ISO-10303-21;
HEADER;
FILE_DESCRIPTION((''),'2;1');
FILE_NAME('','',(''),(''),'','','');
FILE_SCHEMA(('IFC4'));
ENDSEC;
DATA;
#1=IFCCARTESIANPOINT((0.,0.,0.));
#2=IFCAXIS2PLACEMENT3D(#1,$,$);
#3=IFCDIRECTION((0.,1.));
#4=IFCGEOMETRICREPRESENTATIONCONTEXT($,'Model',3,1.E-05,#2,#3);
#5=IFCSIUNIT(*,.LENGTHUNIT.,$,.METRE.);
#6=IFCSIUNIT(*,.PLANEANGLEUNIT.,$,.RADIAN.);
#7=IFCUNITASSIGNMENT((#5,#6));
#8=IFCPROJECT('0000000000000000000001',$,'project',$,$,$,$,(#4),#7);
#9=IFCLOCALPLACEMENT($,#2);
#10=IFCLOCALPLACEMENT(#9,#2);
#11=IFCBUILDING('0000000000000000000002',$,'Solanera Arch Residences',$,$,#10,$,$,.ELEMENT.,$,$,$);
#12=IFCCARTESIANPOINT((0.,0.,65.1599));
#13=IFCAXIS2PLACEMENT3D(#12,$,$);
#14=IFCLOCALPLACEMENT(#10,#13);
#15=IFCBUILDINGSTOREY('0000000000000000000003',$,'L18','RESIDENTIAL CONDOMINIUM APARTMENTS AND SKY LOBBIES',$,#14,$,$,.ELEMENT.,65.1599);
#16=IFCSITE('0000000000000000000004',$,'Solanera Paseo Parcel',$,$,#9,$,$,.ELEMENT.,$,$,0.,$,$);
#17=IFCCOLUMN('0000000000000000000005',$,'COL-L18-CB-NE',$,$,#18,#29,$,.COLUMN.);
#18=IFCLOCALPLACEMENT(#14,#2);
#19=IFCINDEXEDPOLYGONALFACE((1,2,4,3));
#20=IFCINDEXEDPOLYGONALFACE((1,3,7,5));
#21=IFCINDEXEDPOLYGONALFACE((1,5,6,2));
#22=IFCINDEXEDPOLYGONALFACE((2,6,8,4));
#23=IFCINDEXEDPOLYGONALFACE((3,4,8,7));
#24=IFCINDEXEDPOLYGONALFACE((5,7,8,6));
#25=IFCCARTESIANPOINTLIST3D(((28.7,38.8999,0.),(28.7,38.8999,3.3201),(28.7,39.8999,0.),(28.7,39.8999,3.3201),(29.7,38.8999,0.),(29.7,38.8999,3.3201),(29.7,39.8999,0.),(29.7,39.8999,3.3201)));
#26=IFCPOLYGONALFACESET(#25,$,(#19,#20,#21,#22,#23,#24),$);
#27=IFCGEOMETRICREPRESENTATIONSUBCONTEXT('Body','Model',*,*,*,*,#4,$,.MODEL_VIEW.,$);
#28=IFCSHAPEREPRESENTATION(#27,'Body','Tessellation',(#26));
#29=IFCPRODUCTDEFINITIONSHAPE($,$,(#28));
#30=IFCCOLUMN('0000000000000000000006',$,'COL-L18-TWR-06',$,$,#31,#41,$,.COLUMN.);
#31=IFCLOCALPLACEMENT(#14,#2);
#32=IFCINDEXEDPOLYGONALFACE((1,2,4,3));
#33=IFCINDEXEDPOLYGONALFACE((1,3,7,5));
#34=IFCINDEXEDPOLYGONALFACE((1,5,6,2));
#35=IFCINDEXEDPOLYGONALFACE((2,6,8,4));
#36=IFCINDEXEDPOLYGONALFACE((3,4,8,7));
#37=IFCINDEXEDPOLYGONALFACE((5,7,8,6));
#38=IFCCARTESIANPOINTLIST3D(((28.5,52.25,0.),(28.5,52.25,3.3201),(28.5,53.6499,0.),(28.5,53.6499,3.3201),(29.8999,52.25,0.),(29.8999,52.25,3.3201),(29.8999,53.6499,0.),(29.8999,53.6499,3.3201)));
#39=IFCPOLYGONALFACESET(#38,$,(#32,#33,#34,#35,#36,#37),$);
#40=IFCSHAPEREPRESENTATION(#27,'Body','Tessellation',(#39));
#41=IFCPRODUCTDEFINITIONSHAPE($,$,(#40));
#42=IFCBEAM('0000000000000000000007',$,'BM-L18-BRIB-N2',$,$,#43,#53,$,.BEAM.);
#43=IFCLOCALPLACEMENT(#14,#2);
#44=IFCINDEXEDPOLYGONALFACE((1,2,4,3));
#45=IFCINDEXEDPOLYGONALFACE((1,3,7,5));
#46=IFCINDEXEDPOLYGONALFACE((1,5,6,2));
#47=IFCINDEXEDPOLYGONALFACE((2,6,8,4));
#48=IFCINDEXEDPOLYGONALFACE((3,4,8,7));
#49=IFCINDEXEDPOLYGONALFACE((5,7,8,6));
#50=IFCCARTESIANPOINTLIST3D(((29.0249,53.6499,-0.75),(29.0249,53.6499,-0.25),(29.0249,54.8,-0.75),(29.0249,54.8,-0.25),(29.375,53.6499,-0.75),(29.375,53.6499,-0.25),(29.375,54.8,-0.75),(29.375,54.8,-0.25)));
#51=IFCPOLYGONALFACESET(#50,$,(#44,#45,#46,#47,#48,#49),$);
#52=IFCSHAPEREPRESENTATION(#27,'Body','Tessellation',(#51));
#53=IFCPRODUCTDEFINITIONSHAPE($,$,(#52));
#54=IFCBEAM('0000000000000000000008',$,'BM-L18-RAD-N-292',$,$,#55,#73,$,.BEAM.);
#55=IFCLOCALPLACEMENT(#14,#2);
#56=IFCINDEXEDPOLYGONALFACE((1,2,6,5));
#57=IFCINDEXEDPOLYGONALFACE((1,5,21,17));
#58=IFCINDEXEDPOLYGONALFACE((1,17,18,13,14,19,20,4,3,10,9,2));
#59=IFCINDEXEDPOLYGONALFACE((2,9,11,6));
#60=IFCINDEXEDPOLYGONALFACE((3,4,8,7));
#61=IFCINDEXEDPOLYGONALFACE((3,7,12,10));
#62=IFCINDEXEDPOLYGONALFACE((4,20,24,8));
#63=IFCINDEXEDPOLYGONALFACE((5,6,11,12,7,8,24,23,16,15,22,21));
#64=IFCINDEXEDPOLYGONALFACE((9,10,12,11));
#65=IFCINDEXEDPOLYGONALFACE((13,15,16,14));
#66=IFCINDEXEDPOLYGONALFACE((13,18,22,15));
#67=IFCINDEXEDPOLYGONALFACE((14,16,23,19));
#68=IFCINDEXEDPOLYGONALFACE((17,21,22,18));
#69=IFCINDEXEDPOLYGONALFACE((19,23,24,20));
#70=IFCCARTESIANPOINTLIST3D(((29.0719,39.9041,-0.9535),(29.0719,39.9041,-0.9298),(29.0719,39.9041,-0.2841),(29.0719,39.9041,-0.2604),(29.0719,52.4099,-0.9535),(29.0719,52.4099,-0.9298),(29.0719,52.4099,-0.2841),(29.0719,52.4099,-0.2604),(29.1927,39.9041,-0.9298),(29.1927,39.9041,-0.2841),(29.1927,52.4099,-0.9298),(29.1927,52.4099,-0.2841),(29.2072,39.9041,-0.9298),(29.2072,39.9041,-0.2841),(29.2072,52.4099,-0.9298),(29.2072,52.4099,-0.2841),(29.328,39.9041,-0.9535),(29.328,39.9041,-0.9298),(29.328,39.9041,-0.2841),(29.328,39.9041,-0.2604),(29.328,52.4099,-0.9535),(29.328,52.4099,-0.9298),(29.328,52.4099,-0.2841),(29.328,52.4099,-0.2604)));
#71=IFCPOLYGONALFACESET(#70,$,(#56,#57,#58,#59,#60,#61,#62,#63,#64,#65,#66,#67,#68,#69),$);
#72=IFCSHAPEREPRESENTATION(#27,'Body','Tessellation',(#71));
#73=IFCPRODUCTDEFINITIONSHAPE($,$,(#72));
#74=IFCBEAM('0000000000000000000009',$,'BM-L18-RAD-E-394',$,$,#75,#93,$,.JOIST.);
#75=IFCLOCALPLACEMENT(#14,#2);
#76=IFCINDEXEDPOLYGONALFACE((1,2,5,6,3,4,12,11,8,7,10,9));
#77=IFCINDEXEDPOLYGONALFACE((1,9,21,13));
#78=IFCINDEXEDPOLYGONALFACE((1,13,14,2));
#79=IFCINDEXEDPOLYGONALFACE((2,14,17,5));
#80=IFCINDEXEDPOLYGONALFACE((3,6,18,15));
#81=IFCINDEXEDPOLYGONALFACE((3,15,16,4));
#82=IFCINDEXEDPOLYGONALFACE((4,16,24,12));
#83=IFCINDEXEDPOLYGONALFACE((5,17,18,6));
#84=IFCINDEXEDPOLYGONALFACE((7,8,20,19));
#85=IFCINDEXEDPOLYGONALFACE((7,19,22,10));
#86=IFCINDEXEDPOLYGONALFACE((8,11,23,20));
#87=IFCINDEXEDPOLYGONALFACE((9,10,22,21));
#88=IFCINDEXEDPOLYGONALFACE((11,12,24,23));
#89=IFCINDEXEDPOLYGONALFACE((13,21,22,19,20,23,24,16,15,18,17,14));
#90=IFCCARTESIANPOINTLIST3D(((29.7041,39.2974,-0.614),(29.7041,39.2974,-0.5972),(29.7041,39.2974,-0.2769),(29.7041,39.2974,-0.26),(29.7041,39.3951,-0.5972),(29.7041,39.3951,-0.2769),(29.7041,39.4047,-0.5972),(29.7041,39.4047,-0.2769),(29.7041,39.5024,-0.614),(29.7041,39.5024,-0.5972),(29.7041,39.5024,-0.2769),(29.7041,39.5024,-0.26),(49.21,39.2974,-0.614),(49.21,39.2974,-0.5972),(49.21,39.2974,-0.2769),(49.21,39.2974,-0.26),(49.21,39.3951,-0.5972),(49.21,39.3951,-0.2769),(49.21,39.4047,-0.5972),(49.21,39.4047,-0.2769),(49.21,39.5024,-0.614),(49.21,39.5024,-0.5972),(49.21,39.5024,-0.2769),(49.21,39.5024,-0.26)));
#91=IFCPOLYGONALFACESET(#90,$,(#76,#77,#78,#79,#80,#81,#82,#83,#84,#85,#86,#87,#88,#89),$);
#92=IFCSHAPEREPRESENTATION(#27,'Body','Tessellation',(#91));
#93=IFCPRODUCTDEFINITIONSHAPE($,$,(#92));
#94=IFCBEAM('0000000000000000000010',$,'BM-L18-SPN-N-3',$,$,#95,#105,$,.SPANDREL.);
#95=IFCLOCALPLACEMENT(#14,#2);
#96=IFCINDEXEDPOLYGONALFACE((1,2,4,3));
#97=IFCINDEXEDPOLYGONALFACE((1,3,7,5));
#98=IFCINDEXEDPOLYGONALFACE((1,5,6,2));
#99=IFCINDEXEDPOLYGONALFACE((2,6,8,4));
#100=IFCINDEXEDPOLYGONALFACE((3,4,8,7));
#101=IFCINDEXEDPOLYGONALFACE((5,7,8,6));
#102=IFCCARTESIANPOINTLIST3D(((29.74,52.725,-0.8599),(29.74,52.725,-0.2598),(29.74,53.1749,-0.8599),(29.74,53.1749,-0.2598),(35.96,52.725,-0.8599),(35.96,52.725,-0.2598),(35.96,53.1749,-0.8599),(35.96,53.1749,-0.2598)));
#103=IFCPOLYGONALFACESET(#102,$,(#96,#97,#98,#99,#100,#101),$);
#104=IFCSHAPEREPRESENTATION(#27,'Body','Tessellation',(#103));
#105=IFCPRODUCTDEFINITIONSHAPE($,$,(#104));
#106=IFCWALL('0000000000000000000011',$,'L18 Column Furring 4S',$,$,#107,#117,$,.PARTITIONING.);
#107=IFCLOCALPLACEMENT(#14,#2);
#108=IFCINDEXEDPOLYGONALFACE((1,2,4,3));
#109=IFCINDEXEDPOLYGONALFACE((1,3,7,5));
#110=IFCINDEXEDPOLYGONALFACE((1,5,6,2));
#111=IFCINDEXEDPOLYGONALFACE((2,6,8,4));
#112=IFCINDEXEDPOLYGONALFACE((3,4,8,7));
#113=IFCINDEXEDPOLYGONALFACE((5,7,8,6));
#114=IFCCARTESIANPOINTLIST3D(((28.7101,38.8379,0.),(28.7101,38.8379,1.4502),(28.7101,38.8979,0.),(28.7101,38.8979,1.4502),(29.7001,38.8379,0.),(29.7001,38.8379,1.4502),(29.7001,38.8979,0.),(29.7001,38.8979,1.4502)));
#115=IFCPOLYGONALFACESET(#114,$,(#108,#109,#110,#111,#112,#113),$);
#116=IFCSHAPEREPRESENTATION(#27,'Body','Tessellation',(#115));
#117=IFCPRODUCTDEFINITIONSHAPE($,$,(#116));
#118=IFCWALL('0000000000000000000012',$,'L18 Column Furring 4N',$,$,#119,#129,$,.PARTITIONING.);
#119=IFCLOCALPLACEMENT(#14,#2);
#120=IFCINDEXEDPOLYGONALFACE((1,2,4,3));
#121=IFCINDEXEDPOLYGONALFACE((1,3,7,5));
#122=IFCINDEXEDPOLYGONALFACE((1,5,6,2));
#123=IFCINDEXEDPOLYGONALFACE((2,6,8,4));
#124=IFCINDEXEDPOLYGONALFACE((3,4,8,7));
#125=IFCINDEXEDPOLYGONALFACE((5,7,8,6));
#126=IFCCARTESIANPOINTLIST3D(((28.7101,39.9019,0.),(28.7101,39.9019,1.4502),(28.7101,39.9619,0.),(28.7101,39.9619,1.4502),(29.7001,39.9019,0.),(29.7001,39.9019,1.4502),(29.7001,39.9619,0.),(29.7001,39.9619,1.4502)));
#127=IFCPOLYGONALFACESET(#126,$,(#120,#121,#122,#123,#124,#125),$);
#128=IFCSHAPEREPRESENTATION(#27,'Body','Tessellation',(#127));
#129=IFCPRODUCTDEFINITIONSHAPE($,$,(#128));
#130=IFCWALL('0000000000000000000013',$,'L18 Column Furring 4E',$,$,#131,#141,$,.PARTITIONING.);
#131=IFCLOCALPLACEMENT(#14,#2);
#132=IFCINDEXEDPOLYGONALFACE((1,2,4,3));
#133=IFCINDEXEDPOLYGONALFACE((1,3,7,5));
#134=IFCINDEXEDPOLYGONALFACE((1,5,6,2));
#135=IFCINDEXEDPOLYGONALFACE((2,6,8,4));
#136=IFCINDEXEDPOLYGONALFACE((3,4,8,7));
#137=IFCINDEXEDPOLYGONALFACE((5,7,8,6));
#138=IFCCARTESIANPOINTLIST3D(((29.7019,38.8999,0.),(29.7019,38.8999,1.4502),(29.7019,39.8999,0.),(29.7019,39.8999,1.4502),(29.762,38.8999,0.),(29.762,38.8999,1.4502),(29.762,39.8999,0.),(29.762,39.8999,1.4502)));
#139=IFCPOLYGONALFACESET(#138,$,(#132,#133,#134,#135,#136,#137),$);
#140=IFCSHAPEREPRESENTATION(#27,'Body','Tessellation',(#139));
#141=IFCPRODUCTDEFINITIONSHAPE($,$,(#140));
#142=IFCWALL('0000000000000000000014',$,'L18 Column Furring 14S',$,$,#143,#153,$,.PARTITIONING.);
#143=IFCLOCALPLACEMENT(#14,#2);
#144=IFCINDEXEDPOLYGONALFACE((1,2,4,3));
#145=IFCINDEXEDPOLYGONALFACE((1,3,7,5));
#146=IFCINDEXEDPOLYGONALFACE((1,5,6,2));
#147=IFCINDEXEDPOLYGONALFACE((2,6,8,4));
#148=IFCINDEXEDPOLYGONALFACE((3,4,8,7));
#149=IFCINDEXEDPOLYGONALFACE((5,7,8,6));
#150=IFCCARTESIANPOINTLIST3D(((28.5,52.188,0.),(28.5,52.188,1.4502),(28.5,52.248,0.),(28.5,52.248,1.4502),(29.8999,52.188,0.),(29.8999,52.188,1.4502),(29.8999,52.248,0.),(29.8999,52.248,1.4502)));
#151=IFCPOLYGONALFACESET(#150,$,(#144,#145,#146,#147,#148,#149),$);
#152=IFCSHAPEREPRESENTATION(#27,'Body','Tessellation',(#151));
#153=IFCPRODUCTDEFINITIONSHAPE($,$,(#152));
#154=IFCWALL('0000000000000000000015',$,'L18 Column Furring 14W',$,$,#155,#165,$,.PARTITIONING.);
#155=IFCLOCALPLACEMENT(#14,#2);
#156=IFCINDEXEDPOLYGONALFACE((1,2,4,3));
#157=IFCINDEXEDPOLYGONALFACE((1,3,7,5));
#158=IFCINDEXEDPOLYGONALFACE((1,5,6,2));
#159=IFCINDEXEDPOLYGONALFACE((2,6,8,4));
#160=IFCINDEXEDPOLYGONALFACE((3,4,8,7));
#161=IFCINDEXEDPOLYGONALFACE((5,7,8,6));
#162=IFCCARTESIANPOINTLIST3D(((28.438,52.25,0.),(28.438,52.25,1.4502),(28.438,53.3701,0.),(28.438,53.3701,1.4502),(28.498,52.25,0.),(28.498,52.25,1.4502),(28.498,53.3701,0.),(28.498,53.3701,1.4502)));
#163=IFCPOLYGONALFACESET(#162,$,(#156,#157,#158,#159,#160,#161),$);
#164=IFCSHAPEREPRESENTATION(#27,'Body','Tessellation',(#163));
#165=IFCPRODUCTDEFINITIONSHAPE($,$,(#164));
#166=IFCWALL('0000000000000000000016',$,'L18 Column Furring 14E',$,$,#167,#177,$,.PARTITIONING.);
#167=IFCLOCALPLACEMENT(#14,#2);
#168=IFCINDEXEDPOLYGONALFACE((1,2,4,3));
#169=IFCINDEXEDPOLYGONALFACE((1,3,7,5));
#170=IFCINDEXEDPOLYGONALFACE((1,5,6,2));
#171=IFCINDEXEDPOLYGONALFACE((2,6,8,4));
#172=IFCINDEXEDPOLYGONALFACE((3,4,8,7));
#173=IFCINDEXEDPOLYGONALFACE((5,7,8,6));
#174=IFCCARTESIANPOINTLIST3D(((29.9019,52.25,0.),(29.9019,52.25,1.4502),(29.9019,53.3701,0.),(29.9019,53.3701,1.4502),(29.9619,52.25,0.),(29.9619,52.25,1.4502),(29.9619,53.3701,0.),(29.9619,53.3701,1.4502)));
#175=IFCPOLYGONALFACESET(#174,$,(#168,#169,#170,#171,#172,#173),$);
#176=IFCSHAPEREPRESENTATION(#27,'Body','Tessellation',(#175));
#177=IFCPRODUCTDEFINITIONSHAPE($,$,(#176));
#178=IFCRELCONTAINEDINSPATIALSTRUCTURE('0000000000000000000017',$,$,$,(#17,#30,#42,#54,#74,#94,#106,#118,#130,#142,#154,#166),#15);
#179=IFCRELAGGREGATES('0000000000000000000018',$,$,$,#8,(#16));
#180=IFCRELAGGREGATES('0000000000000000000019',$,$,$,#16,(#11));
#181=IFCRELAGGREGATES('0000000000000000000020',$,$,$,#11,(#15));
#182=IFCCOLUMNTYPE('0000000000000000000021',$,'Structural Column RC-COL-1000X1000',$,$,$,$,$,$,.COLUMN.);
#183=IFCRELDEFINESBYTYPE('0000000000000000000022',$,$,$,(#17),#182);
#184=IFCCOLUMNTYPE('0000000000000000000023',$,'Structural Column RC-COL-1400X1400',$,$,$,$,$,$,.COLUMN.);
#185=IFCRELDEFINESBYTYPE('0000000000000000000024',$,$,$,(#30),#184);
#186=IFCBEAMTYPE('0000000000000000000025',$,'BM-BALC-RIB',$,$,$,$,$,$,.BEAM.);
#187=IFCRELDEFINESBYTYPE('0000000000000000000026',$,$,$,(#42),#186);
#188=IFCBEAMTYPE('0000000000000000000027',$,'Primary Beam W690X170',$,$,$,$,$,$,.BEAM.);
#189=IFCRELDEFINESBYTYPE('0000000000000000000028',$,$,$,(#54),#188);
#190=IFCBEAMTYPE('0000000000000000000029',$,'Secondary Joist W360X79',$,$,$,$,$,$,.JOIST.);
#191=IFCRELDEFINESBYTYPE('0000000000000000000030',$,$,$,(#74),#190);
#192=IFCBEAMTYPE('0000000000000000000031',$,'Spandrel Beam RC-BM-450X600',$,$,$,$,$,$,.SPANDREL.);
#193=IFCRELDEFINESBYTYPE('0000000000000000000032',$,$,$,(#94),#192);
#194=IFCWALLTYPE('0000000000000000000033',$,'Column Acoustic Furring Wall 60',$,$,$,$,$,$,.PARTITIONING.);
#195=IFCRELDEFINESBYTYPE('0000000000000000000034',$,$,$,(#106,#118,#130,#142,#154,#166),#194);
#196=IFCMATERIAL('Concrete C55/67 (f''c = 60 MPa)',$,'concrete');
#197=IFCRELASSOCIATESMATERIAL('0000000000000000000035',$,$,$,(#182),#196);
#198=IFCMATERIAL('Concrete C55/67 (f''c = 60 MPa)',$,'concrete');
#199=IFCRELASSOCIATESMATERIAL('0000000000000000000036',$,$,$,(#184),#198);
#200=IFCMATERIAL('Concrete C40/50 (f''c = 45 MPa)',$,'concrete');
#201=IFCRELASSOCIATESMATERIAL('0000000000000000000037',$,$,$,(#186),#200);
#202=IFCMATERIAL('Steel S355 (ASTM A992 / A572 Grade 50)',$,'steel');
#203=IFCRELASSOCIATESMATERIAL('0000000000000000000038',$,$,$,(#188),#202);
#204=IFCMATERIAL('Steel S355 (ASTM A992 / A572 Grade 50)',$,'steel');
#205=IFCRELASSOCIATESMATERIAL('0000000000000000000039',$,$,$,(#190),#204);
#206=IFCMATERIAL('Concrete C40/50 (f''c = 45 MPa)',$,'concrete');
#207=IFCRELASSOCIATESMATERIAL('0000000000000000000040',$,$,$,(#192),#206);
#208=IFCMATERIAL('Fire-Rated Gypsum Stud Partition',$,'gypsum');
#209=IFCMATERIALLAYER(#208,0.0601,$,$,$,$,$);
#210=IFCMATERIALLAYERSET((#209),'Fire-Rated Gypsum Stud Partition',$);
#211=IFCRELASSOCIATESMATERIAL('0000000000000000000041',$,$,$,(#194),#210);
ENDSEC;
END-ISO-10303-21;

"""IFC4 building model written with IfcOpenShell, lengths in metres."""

from ifc_helpers import new_model, si_unit, direction, frame, frame_2d, origin, origin_2d, place, context, subcontext, project, spatial, rectangle, i_section, extrude, material, layer, layer_set, material_profile, profile_set, type_object, element, save


model = new_model("IFC4")

# Units and contexts
model_context = context("Model", 3, precision=1e-05, world=origin(), true_north=direction((0.0, 1.0)))
body_context = subcontext(model_context, "Body", "Model", "MODEL_VIEW")
ifc_project = project(units=[si_unit("LENGTHUNIT", "METRE"), si_unit("PLANEANGLEUNIT", "RADIAN")], contexts=[model_context])

# Site, building, storey
site_placement = place(None, origin())
site = spatial("IfcSite", under=ifc_project, at=site_placement, Name="Solanera Paseo Parcel", CompositionType="ELEMENT", RefElevation=0.0)
building_placement = place(site_placement, origin())
building = spatial("IfcBuilding", under=site, at=building_placement, Name="Solanera Arch Residences", CompositionType="ELEMENT")
storey_placement = place(building_placement, frame((0.0, 0.0, 65.1599)))
storey = spatial("IfcBuildingStorey", under=building, at=storey_placement, Name="L18", Description="RESIDENTIAL CONDOMINIUM APARTMENTS AND SKY LOBBIES", CompositionType="ELEMENT", Elevation=65.1599)

# Columns
ifc_material_1 = material(Name="Concrete C55/67 (f'c = 60 MPa)", Category="concrete")
ifc_material_profile_1 = material_profile(ifc_material_1, rectangle(XDim=1.0, YDim=1.0, at=origin_2d()))
ifc_profile_set_1 = profile_set([ifc_material_profile_1], Name="Concrete C55/67 (f'c = 60 MPa)")
column_type_1 = type_object("IfcColumnType", Name="Structural Column RC-COL-1000X1000", PredefinedType="COLUMN", material=ifc_profile_set_1)
column_1_placement = place(storey_placement, frame((29.2, 39.3999, 0.0), z_axis=(0.0, 0.0, 1.0), x_axis=(1.0, 0.0, 0.0)))
element("IfcColumn", 1, at=column_1_placement, inside=storey, type_object=column_type_1, Name="COL-L18-CB-NE", PredefinedType="COLUMN", context=body_context, shape_type="SweptSolid", body=[
    extrude(rectangle(XDim=1.0, YDim=1.0, at=origin_2d()), origin(), (0.0, 0.0, 1.0), 3.3201),
])
ifc_material_2 = material(Name="Concrete C55/67 (f'c = 60 MPa)", Category="concrete")
ifc_material_profile_2 = material_profile(ifc_material_2, rectangle(XDim=1.3999, YDim=1.3999, at=origin_2d()))
ifc_profile_set_2 = profile_set([ifc_material_profile_2], Name="Concrete C55/67 (f'c = 60 MPa)")
column_type_2 = type_object("IfcColumnType", Name="Structural Column RC-COL-1400X1400", PredefinedType="COLUMN", material=ifc_profile_set_2)
column_2_placement = place(storey_placement, frame((29.2, 52.95, 0.0), z_axis=(0.0, 0.0, 1.0), x_axis=(1.0, 0.0, 0.0)))
element("IfcColumn", 2, at=column_2_placement, inside=storey, type_object=column_type_2, Name="COL-L18-TWR-06", PredefinedType="COLUMN", context=body_context, shape_type="SweptSolid", body=[
    extrude(rectangle(XDim=1.3999, YDim=1.3999, at=origin_2d()), origin(), (0.0, 0.0, 1.0), 3.3201),
])

# Beams
ifc_material_3 = material(Name="Concrete C40/50 (f'c = 45 MPa)", Category="concrete")
ifc_material_profile_3 = material_profile(ifc_material_3, rectangle(XDim=0.3501, YDim=0.5, at=origin_2d()))
ifc_profile_set_3 = profile_set([ifc_material_profile_3], Name="Concrete C40/50 (f'c = 45 MPa)")
beam_type_1 = type_object("IfcBeamType", Name="BM-BALC-RIB", PredefinedType="BEAM", material=ifc_profile_set_3)
beam_1_placement = place(storey_placement, frame((29.2, 53.6499, -0.5), z_axis=(0.0, 1.0, 0.0), x_axis=(-1.0, 0.0, 0.0)))
element("IfcBeam", 3, at=beam_1_placement, inside=storey, type_object=beam_type_1, Name="BM-L18-BRIB-N2", PredefinedType="BEAM", context=body_context, shape_type="SweptSolid", body=[
    extrude(rectangle(XDim=0.3501, YDim=0.5, at=origin_2d()), origin(), (0.0, 0.0, 1.0), 1.1501),
])
ifc_material_4 = material(Name="Steel S355 (ASTM A992 / A572 Grade 50)", Category="steel")
ifc_material_profile_4 = material_profile(ifc_material_4, i_section(OverallWidth=0.2561, OverallDepth=0.6931, WebThickness=0.0144, FlangeThickness=0.0237, at=origin_2d()))
ifc_profile_set_4 = profile_set([ifc_material_profile_4], Name="Steel S355 (ASTM A992 / A572 Grade 50)")
beam_type_2 = type_object("IfcBeamType", Name="Primary Beam W690X170", PredefinedType="BEAM", material=ifc_profile_set_4)
beam_2_placement = place(storey_placement, frame((29.2, 39.9041, -0.6069), z_axis=(0.0, 1.0, 0.0), x_axis=(-1.0, 0.0, 0.0)))
element("IfcBeam", 4, at=beam_2_placement, inside=storey, type_object=beam_type_2, Name="BM-L18-RAD-N-292", PredefinedType="BEAM", context=body_context, shape_type="SweptSolid", body=[
    extrude(i_section(OverallWidth=0.2561, OverallDepth=0.6931, WebThickness=0.0144, FlangeThickness=0.0237, at=origin_2d()), origin(), (0.0, 0.0, 1.0), 12.5059),
])
ifc_material_5 = material(Name="Steel S355 (ASTM A992 / A572 Grade 50)", Category="steel")
ifc_material_profile_5 = material_profile(ifc_material_5, i_section(OverallWidth=0.2051, OverallDepth=0.354, WebThickness=0.0095, FlangeThickness=0.0168, at=origin_2d()))
ifc_profile_set_5 = profile_set([ifc_material_profile_5], Name="Steel S355 (ASTM A992 / A572 Grade 50)")
beam_type_3 = type_object("IfcBeamType", Name="Secondary Joist W360X79", PredefinedType="JOIST", material=ifc_profile_set_5)
beam_3_placement = place(storey_placement, frame((29.7041, 39.3999, -0.437), z_axis=(1.0, 0.0, 0.0), x_axis=(0.0, 1.0, 0.0)))
element("IfcBeam", 5, at=beam_3_placement, inside=storey, type_object=beam_type_3, Name="BM-L18-RAD-E-394", PredefinedType="JOIST", context=body_context, shape_type="SweptSolid", body=[
    extrude(i_section(OverallWidth=0.2051, OverallDepth=0.354, WebThickness=0.0095, FlangeThickness=0.0168, at=origin_2d()), origin(), (0.0, 0.0, 1.0), 19.5059),
])
ifc_material_6 = material(Name="Concrete C40/50 (f'c = 45 MPa)", Category="concrete")
ifc_material_profile_6 = material_profile(ifc_material_6, rectangle(XDim=0.45, YDim=0.6001, at=origin_2d()))
ifc_profile_set_6 = profile_set([ifc_material_profile_6], Name="Concrete C40/50 (f'c = 45 MPa)")
beam_type_4 = type_object("IfcBeamType", Name="Spandrel Beam RC-BM-450X600", PredefinedType="SPANDREL", material=ifc_profile_set_6)
beam_4_placement = place(storey_placement, frame((29.74, 52.95, -0.5598), z_axis=(1.0, 0.0, 0.0), x_axis=(0.0, 1.0, 0.0)))
element("IfcBeam", 6, at=beam_4_placement, inside=storey, type_object=beam_type_4, Name="BM-L18-SPN-N-3", PredefinedType="SPANDREL", context=body_context, shape_type="SweptSolid", body=[
    extrude(rectangle(XDim=0.45, YDim=0.6001, at=origin_2d()), origin(), (0.0, 0.0, 1.0), 6.22),
])

# Walls
ifc_material_7 = material(Name="Fire-Rated Gypsum Stud Partition", Category="gypsum")
ifc_layer_1 = layer(ifc_material_7, 0.0601)
ifc_layer_set_1 = layer_set([ifc_layer_1], Name="Fire-Rated Gypsum Stud Partition")
wall_type_1 = type_object("IfcWallType", Name="Column Acoustic Furring Wall 60", PredefinedType="PARTITIONING", material=ifc_layer_set_1)
for number, where, z_axis, x_axis, name in (
    (7, (28.71, 38.8679, 0.0), (0.0, 0.0, 1.0), (1.0, 0.0, 0.0), "L18 Column Furring 4S"),
    (8, (28.71, 39.9319, 0.0), (0.0, 0.0, 1.0), (1.0, 0.0, 0.0), "L18 Column Furring 4N"),
):
    element("IfcWall", number, at=place(storey_placement, frame(where, z_axis=z_axis, x_axis=x_axis)), inside=storey, type_object=wall_type_1, Name=name, PredefinedType="PARTITIONING", context=body_context, shape_type="SweptSolid", body=[
        extrude(rectangle(XDim=0.99, YDim=0.0601, at=frame_2d((0.4951, 0.0))), origin(), (0.0, 0.0, 1.0), 1.4502),
    ])
wall_1_placement = place(storey_placement, frame((29.7319, 38.8999, 0.0), z_axis=(0.0, 0.0, 1.0), x_axis=(0.0, 1.0, 0.0)))
element("IfcWall", 9, at=wall_1_placement, inside=storey, type_object=wall_type_1, Name="L18 Column Furring 4E", PredefinedType="PARTITIONING", context=body_context, shape_type="SweptSolid", body=[
    extrude(rectangle(XDim=1.0, YDim=0.0601, at=frame_2d((0.5, 0.0))), origin(), (0.0, 0.0, 1.0), 1.4502),
])
wall_2_placement = place(storey_placement, frame((28.5, 52.218, 0.0), z_axis=(0.0, 0.0, 1.0), x_axis=(1.0, 0.0, 0.0)))
element("IfcWall", 10, at=wall_2_placement, inside=storey, type_object=wall_type_1, Name="L18 Column Furring 14S", PredefinedType="PARTITIONING", context=body_context, shape_type="SweptSolid", body=[
    extrude(rectangle(XDim=1.3999, YDim=0.0601, at=frame_2d((0.7, 0.0))), origin(), (0.0, 0.0, 1.0), 1.4502),
])
for number, where, z_axis, x_axis, name in (
    (11, (28.468, 52.25, 0.0), (0.0, 0.0, 1.0), (0.0, 1.0, 0.0), "L18 Column Furring 14W"),
    (12, (29.9319, 52.25, 0.0), (0.0, 0.0, 1.0), (0.0, 1.0, 0.0), "L18 Column Furring 14E"),
):
    element("IfcWall", number, at=place(storey_placement, frame(where, z_axis=z_axis, x_axis=x_axis)), inside=storey, type_object=wall_type_1, Name=name, PredefinedType="PARTITIONING", context=body_context, shape_type="SweptSolid", body=[
        extrude(rectangle(XDim=1.1201, YDim=0.0601, at=frame_2d((0.5601, 0.0))), origin(), (0.0, 0.0, 1.0), 1.4502),
    ])

save(model, "model.ifc")
